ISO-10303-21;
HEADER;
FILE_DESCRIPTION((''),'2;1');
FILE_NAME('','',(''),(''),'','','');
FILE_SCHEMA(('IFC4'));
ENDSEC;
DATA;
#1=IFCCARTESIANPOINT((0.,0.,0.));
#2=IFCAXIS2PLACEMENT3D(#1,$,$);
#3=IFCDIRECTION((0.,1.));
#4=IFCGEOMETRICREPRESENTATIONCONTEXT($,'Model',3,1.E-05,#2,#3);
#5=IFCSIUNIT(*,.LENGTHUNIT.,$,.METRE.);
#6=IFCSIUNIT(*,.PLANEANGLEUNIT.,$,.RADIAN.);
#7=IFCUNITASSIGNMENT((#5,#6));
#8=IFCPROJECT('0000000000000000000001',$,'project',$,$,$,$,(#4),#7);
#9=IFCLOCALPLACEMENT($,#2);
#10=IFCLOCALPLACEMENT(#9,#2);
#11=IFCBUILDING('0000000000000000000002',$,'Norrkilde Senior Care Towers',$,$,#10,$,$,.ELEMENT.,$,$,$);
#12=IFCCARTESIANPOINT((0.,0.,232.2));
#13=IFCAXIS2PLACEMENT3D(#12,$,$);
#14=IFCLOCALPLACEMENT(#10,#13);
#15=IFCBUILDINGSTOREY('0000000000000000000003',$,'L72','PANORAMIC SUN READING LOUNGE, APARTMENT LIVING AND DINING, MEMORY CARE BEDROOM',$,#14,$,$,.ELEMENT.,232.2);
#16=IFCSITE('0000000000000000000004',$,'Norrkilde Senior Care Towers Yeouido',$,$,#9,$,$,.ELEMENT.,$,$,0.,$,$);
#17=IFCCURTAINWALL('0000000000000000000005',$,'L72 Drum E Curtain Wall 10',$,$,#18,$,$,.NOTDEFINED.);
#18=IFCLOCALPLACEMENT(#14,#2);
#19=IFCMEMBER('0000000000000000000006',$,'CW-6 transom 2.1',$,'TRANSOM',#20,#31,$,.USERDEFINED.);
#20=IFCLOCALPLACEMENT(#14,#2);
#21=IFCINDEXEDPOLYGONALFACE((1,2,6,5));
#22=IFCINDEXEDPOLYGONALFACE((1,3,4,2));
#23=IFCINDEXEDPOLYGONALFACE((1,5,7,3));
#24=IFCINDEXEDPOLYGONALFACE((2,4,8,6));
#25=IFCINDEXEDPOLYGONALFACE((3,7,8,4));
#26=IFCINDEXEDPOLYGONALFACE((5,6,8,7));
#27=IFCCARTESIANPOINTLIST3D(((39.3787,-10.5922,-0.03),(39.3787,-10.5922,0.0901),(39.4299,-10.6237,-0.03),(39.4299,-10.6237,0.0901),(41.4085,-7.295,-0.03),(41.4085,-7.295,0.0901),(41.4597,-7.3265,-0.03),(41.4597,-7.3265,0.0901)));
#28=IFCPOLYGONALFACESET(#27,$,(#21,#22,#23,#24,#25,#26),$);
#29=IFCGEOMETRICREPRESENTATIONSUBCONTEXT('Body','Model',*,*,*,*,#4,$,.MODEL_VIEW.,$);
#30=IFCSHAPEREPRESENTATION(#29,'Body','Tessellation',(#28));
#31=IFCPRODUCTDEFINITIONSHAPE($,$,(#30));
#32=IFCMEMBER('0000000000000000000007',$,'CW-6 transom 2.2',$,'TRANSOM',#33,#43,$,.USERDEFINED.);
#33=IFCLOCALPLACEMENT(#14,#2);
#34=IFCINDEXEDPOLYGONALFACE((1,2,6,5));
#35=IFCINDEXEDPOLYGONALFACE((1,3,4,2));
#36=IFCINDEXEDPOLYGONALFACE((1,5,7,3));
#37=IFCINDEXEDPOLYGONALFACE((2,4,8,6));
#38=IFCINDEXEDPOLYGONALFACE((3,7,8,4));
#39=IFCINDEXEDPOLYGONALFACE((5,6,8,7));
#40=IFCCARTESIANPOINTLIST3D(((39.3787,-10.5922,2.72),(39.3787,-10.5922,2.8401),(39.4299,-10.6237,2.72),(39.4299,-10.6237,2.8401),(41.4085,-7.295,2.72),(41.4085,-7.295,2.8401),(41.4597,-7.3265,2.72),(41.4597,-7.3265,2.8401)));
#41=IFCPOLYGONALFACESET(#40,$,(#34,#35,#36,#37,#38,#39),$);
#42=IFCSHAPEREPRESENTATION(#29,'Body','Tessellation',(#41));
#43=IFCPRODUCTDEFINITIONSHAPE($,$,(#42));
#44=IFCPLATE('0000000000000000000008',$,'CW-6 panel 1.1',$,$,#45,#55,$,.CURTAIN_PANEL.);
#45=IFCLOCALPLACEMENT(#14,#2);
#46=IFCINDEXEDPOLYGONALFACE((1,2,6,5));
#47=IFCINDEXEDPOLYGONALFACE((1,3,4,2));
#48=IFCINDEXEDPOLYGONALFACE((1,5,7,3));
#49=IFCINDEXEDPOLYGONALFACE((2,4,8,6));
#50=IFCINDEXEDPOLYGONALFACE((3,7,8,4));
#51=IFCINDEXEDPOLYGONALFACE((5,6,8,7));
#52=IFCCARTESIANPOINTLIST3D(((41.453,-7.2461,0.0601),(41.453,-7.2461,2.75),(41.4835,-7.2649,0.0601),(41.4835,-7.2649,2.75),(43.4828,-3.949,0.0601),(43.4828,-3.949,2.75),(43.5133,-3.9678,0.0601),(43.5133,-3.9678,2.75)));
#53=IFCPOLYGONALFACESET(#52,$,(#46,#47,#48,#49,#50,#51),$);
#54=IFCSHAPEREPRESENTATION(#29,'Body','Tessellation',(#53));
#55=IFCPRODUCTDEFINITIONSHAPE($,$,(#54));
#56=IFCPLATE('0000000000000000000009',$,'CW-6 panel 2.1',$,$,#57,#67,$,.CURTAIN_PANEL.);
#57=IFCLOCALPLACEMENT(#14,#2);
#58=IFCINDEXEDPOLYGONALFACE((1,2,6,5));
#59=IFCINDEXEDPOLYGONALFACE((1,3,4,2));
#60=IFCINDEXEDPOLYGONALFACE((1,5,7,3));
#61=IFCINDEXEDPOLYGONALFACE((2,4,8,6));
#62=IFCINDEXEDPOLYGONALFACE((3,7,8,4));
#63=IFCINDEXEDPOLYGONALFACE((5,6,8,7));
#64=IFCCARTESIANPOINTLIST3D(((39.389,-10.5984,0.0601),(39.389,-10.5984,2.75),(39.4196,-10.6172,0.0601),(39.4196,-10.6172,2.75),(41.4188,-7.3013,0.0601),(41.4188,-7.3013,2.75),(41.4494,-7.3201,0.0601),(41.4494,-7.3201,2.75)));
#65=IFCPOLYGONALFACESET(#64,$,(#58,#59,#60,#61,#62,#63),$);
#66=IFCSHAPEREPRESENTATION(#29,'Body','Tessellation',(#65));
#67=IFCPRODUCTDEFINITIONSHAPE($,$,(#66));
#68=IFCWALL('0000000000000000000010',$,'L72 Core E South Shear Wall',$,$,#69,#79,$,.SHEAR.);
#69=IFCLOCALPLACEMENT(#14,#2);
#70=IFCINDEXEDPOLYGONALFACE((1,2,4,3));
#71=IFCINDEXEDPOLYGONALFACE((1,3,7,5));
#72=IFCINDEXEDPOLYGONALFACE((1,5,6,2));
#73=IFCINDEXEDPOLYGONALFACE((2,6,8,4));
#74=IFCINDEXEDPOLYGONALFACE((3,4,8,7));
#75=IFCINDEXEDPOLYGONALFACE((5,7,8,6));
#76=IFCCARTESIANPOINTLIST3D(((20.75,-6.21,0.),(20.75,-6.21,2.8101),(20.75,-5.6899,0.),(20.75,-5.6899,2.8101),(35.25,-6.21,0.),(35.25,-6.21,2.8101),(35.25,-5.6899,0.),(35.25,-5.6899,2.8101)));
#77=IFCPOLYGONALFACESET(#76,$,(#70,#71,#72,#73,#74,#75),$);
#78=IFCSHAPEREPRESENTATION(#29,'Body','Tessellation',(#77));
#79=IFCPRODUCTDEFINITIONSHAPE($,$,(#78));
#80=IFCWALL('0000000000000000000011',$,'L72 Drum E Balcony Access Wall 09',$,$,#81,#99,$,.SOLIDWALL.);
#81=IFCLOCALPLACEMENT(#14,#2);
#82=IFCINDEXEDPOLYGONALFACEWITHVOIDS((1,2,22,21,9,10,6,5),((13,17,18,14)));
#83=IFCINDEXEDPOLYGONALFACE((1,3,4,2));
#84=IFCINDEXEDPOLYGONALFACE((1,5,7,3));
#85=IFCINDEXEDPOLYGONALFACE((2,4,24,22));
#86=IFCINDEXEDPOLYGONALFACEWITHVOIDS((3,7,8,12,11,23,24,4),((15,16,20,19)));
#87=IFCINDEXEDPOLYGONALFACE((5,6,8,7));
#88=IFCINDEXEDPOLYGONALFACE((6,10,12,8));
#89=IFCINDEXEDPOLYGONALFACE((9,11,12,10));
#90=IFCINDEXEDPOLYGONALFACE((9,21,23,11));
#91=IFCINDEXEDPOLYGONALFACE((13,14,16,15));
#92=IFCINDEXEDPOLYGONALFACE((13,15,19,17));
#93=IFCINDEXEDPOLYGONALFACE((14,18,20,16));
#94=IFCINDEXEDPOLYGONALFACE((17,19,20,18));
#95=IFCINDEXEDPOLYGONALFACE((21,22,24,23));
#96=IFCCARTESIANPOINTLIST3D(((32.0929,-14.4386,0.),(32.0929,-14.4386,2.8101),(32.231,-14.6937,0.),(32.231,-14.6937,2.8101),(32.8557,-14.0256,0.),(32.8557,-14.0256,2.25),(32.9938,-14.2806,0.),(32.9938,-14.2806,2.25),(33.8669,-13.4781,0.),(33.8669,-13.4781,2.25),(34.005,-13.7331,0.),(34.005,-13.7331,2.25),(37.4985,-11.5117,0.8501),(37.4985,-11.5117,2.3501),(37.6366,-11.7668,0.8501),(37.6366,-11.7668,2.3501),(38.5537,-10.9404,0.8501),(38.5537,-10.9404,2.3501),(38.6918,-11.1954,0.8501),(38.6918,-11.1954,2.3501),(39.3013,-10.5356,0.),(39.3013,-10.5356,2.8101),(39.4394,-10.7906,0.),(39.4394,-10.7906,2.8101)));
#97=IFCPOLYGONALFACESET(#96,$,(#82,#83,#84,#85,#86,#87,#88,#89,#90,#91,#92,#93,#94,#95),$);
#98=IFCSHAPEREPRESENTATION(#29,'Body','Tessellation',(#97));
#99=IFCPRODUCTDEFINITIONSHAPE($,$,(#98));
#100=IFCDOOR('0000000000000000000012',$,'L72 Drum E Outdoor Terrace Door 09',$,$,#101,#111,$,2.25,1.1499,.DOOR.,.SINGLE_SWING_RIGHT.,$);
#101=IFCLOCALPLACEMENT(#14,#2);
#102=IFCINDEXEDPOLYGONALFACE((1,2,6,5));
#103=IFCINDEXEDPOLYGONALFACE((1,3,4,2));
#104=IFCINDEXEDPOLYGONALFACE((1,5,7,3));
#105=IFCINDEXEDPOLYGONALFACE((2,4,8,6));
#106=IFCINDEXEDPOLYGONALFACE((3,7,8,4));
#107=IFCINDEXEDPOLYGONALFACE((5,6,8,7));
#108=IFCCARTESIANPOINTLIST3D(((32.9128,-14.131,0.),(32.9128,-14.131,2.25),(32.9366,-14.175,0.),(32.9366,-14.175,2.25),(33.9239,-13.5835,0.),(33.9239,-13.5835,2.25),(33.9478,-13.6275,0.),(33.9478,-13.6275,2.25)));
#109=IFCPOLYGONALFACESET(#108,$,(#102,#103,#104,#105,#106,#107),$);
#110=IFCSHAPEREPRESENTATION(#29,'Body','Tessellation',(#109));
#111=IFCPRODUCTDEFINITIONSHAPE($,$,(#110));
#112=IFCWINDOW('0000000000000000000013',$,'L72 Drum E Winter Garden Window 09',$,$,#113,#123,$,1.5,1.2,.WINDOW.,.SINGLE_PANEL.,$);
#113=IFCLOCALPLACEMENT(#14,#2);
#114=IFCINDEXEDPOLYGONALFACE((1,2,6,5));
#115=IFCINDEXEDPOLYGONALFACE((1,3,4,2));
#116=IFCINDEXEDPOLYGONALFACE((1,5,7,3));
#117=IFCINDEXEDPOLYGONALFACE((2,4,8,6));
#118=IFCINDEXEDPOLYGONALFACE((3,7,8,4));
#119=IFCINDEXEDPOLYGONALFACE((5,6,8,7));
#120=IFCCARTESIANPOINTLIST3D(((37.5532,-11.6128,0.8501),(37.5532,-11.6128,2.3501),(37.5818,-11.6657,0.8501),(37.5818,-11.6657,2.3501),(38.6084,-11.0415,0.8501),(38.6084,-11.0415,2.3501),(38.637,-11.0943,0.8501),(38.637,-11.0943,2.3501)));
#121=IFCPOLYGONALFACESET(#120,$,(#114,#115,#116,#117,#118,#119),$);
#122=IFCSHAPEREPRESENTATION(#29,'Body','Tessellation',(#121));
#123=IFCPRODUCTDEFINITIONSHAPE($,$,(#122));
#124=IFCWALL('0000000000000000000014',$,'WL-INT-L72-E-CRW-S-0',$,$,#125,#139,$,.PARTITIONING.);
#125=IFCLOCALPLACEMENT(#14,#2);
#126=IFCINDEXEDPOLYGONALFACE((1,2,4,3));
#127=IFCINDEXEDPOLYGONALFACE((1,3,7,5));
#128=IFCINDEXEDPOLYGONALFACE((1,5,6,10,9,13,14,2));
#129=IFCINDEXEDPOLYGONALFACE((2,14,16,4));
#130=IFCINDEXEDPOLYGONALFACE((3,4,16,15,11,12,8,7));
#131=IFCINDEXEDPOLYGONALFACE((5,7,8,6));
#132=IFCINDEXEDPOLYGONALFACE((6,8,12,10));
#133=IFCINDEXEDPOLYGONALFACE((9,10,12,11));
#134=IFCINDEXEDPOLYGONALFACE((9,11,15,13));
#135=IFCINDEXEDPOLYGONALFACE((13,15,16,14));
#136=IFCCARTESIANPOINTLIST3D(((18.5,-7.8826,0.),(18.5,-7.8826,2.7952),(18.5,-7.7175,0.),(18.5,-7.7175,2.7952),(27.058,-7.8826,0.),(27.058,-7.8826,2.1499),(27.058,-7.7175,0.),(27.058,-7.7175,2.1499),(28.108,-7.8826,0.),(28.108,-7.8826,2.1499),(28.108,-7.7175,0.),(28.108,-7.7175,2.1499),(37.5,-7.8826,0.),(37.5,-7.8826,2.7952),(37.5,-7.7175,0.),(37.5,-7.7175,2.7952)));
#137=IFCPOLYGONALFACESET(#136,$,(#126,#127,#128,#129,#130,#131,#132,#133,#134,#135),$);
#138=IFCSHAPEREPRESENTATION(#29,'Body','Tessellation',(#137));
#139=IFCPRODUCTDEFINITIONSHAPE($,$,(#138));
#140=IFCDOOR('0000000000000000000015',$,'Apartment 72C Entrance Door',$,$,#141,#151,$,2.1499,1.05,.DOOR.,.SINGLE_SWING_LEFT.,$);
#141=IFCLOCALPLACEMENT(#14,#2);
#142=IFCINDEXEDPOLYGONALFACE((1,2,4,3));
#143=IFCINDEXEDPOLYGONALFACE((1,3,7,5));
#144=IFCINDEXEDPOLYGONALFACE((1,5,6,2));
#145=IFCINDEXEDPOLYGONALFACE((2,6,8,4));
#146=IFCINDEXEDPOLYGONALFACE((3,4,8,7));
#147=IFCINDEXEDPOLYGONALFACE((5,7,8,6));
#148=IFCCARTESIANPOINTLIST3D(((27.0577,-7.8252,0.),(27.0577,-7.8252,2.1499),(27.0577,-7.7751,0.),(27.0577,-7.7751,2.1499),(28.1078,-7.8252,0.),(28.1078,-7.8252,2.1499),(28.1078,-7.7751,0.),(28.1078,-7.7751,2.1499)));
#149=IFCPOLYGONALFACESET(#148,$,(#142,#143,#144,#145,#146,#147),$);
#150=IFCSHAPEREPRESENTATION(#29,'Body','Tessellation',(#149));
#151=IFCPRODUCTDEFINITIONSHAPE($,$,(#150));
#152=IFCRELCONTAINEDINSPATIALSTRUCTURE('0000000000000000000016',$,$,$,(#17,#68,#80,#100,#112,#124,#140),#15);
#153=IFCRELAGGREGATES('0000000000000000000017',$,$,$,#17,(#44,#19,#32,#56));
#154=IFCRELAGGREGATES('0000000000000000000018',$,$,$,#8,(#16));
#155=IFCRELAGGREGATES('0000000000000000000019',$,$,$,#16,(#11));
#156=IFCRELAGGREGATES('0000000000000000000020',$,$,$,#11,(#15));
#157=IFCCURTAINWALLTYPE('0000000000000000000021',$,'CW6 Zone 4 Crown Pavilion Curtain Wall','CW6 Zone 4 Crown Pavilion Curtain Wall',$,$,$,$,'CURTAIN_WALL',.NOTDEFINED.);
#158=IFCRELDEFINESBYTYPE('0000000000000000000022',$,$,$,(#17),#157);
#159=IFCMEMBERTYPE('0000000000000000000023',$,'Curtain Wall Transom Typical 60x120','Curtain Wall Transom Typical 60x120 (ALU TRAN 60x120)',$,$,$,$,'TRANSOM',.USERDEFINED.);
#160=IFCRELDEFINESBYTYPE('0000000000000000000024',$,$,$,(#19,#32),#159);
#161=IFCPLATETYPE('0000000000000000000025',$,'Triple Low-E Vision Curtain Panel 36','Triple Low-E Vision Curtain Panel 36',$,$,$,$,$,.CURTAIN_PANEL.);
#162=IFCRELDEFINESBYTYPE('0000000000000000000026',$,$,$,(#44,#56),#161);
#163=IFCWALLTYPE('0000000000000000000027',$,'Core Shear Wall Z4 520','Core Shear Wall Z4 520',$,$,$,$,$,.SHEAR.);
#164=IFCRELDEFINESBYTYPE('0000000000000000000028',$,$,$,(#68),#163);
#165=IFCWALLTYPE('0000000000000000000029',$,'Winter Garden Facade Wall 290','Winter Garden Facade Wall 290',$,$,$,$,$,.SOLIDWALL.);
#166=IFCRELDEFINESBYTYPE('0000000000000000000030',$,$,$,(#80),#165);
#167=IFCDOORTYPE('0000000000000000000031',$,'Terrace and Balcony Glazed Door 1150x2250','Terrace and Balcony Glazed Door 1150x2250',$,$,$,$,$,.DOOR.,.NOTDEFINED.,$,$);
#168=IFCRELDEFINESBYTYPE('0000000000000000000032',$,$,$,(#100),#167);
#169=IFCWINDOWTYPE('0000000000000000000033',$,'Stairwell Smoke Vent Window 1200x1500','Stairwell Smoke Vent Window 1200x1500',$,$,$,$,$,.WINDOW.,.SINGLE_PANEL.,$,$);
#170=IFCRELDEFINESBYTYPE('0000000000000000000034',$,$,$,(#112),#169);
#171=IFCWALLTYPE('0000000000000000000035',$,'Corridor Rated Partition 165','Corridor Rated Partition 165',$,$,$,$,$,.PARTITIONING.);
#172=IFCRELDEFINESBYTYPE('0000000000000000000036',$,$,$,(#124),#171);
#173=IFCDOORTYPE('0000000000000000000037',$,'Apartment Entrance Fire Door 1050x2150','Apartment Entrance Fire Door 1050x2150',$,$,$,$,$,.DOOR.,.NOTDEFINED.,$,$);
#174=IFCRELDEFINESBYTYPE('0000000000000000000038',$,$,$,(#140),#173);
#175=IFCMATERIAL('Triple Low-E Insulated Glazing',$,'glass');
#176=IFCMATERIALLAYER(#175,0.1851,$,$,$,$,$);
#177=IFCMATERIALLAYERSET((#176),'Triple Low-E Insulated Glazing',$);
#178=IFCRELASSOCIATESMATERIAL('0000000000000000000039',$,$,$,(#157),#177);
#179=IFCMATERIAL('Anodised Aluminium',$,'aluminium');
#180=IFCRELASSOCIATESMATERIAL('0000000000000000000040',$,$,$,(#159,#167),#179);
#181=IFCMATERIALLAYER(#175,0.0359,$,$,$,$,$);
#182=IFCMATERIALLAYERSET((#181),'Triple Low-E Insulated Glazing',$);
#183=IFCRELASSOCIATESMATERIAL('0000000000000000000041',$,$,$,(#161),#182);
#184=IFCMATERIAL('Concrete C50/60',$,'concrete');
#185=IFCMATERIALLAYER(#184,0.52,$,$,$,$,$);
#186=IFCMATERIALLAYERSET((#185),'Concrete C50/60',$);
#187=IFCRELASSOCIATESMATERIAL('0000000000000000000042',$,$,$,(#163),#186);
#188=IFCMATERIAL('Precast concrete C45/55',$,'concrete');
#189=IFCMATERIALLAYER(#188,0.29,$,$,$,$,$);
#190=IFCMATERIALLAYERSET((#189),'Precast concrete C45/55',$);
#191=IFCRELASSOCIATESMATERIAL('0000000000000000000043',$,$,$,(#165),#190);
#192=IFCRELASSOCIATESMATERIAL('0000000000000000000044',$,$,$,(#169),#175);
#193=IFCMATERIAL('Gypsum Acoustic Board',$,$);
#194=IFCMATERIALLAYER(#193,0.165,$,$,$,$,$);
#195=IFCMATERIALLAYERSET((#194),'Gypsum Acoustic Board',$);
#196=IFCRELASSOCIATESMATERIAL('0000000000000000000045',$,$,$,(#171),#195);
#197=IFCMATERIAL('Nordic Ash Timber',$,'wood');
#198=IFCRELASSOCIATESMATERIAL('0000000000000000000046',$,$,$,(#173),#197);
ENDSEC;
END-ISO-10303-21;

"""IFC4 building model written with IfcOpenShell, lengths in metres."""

from ifc_helpers import new_model, si_unit, direction, frame, frame_2d, origin, origin_2d, place, context, subcontext, project, spatial, rectangle, extrude, source, transform, mapped, material, layer, layer_set, material_profile, profile_set, type_object, type_shapes, element, fill, aggregate, save


model = new_model("IFC4")

# Units and contexts
model_context = context("Model", 3, precision=1e-05, world=origin(), true_north=direction((0.0, 1.0)))
body_context = subcontext(model_context, "Body", "Model", "MODEL_VIEW")
ifc_project = project(units=[si_unit("LENGTHUNIT", "METRE"), si_unit("PLANEANGLEUNIT", "RADIAN")], contexts=[model_context])

# Site, building, storey
site_placement = place(None, origin())
site = spatial("IfcSite", under=ifc_project, at=site_placement, Name="Norrkilde Senior Care Towers Yeouido", CompositionType="ELEMENT", RefElevation=0.0)
building_placement = place(site_placement, origin())
building = spatial("IfcBuilding", under=site, at=building_placement, Name="Norrkilde Senior Care Towers", CompositionType="ELEMENT")
storey_placement = place(building_placement, frame((0.0, 0.0, 232.2)))
storey = spatial("IfcBuildingStorey", under=building, at=storey_placement, Name="L72", Description="PANORAMIC SUN READING LOUNGE, APARTMENT LIVING AND DINING, MEMORY CARE BEDROOM", CompositionType="ELEMENT", Elevation=232.2)

# Shared definitions
ifc_material_1 = material(Name="Concrete C50/60", Category="concrete")

# Curtain wall, members, plates
ifc_material_2 = material(Name="Triple Low-E Insulated Glazing", Category="glass")
ifc_layer_1 = layer(ifc_material_2, 0.1851)
ifc_layer_set_1 = layer_set([ifc_layer_1], Name="Triple Low-E Insulated Glazing")
curtain_wall_type = type_object("IfcCurtainWallType", Name="CW6 Zone 4 Crown Pavilion Curtain Wall", Description="CW6 Zone 4 Crown Pavilion Curtain Wall", ElementType="CURTAIN_WALL", PredefinedType="NOTDEFINED", material=ifc_layer_set_1)
curtain_wall_placement = place(storey_placement, origin())
curtain_wall = element("IfcCurtainWall", 1, at=curtain_wall_placement, inside=storey, type_object=curtain_wall_type, Name="L72 Drum E Curtain Wall 10", PredefinedType="NOTDEFINED")
ifc_material_3 = material(Name="Anodised Aluminium", Category="aluminium")
ifc_material_profile_1 = material_profile(ifc_material_3, rectangle(XDim=0.0601, YDim=0.1201, at=origin_2d()), Name="ALU TRAN 60x120")
ifc_profile_set_1 = profile_set([ifc_material_profile_1], Name="Anodised Aluminium")
member_type_1 = type_object("IfcMemberType", Name="Curtain Wall Transom Typical 60x120", Description="Curtain Wall Transom Typical 60x120 (ALU TRAN 60x120)", ElementType="TRANSOM", PredefinedType="USERDEFINED", material=ifc_profile_set_1)
shared_shape_1 = source(origin(), body_context, "Body", "SweptSolid", [
    extrude(rectangle(XDim=0.0601, YDim=0.1201, at=origin_2d()), origin(), (0.0, 0.0, 1.0), 3.8718),
])
type_shapes(member_type_1, [shared_shape_1])
member_1_placement = place(storey_placement, frame((41.4341, -7.3108, 0.03), z_axis=(-0.524245, -0.851567, 0.0), x_axis=(0.851567, -0.524245, 0.0)))
member_1 = element("IfcMember", 2, at=member_1_placement, type_object=member_type_1, Name="CW-6 transom 2.1", ObjectType="TRANSOM", PredefinedType="USERDEFINED", context=body_context, shape_type="MappedRepresentation", body=[
    mapped(shared_shape_1, transform((0.0, 0.0, 0.0), x_axis=(1.0, 0.0, 0.0), y_axis=(0.0, 1.0, 0.0), z_axis=(0.0, 0.0, 1.0), scale=1.0)),
])
member_2_placement = place(storey_placement, frame((41.4341, -7.3108, 2.78), z_axis=(-0.524245, -0.851567, 0.0), x_axis=(0.851567, -0.524245, 0.0)))
member_2 = element("IfcMember", 3, at=member_2_placement, type_object=member_type_1, Name="CW-6 transom 2.2", ObjectType="TRANSOM", PredefinedType="USERDEFINED", context=body_context, shape_type="MappedRepresentation", body=[
    mapped(shared_shape_1, transform((0.0, 0.0, 0.0), x_axis=(1.0, 0.0, 0.0), y_axis=(0.0, 1.0, 0.0), z_axis=(0.0, 0.0, 1.0), scale=1.0)),
])
ifc_layer_2 = layer(ifc_material_2, 0.0359)
ifc_layer_set_2 = layer_set([ifc_layer_2], Name="Triple Low-E Insulated Glazing")
plate_type = type_object("IfcPlateType", Name="Triple Low-E Vision Curtain Panel 36", Description="Triple Low-E Vision Curtain Panel 36", PredefinedType="CURTAIN_PANEL", material=ifc_layer_set_2)
shared_shape_2 = source(origin(), body_context, "Body", "SweptSolid", [
    extrude(rectangle(XDim=3.8718, YDim=0.0359, at=origin_2d()), origin(), (0.0, 0.0, 1.0), 2.6899),
])
type_shapes(plate_type, [shared_shape_2])
plate_1_placement = place(storey_placement, frame((42.4832, -5.6069, 0.0601), z_axis=(0.0, 0.0, 1.0), x_axis=(-0.524253, -0.851563, 0.0)))
plate_1 = element("IfcPlate", 4, at=plate_1_placement, type_object=plate_type, Name="CW-6 panel 1.1", PredefinedType="CURTAIN_PANEL", context=body_context, shape_type="MappedRepresentation", body=[
    mapped(shared_shape_2, transform((0.0, 0.0, 0.0), x_axis=(1.0, 0.0, 0.0), y_axis=(0.0, 1.0, 0.0), z_axis=(0.0, 0.0, 1.0), scale=1.0)),
])
plate_2_placement = place(storey_placement, frame((40.4192, -8.9592, 0.0601), z_axis=(0.0, 0.0, 1.0), x_axis=(-0.524253, -0.851563, 0.0)))
plate_2 = element("IfcPlate", 5, at=plate_2_placement, type_object=plate_type, Name="CW-6 panel 2.1", PredefinedType="CURTAIN_PANEL", context=body_context, shape_type="MappedRepresentation", body=[
    mapped(shared_shape_2, transform((0.0, 0.0, 0.0), x_axis=(1.0, 0.0, 0.0), y_axis=(0.0, 1.0, 0.0), z_axis=(0.0, 0.0, 1.0), scale=1.0)),
])
aggregate(curtain_wall, [plate_1, member_1, member_2, plate_2])

# Wall
ifc_layer_3 = layer(ifc_material_1, 0.52)
ifc_layer_set_3 = layer_set([ifc_layer_3], Name="Concrete C50/60")
wall_type_1 = type_object("IfcWallType", Name="Core Shear Wall Z4 520", Description="Core Shear Wall Z4 520", PredefinedType="SHEAR", material=ifc_layer_set_3)
shared_shape_3 = source(origin(), body_context, "Body", "SweptSolid", [
    extrude(rectangle(XDim=14.5, YDim=0.52, at=frame_2d((7.25, 0.0))), origin(), (0.0, 0.0, 1.0), 2.8101),
])
type_shapes(wall_type_1, [shared_shape_3])
wall_1_placement = place(storey_placement, frame((35.25, -5.95, 0.0), z_axis=(0.0, 0.0, 1.0), x_axis=(-1.0, 0.0, 0.0)))
element("IfcWall", 6, at=wall_1_placement, inside=storey, type_object=wall_type_1, Name="L72 Core E South Shear Wall", PredefinedType="SHEAR", context=body_context, shape_type="MappedRepresentation", body=[
    mapped(shared_shape_3, transform((0.0, 0.0, 0.0), x_axis=(1.0, 0.0, 0.0), y_axis=(0.0, 1.0, 0.0), z_axis=(0.0, 0.0, 1.0), scale=1.0)),
])

# Wall, openings, door, window
ifc_material_4 = material(Name="Precast concrete C45/55", Category="concrete")
ifc_layer_4 = layer(ifc_material_4, 0.29)
ifc_layer_set_4 = layer_set([ifc_layer_4], Name="Precast concrete C45/55")
wall_type_2 = type_object("IfcWallType", Name="Winter Garden Facade Wall 290", Description="Winter Garden Facade Wall 290", PredefinedType="SOLIDWALL", material=ifc_layer_set_4)
shared_shape_4 = source(origin(), body_context, "Body", "SweptSolid", [
    extrude(rectangle(XDim=8.1973, YDim=0.29, at=frame_2d((4.0986, 0.0))), origin(), (0.0, 0.0, 1.0), 2.8101),
])
type_shapes(wall_type_2, [shared_shape_4])
wall_2_placement = place(storey_placement, frame((39.3704, -10.6631, 0.0), z_axis=(0.0, 0.0, 1.0), x_axis=(-0.87937, -0.476139, 0.0)))
wall_2 = element("IfcWall", 7, at=wall_2_placement, inside=storey, type_object=wall_type_2, Name="L72 Drum E Balcony Access Wall 09", PredefinedType="SOLIDWALL", context=body_context, shape_type="MappedRepresentation", body=[
    mapped(shared_shape_4, transform((0.0, 0.0, 0.0), x_axis=(1.0, 0.0, 0.0), y_axis=(0.0, 1.0, 0.0), z_axis=(0.0, 0.0, 1.0), scale=1.0)),
])
opening_1_placement = place(wall_2_placement, frame((6.1799, 0.0, 0.0)))
opening_1 = element("IfcOpeningElement", 8, at=opening_1_placement, cuts=wall_2, PredefinedType="OPENING", context=body_context, shape_type="SweptSolid", body=[
    extrude(rectangle(XDim=1.1499, YDim=2.25, at=frame_2d((0.575, 1.125))), frame((0.0, 0.155, 0.0), z_axis=(0.0, -1.0, 0.0), x_axis=(1.0, 0.0, 0.0)), (0.0, 0.0, 1.0), 0.3101),
])
opening_2_placement = place(wall_2_placement, frame((0.8501, 0.0, 0.8501)))
opening_2 = element("IfcOpeningElement", 9, at=opening_2_placement, cuts=wall_2, PredefinedType="OPENING", context=body_context, shape_type="SweptSolid", body=[
    extrude(rectangle(XDim=1.2, YDim=1.5, at=frame_2d((0.6001, 0.75))), frame((0.0, 0.155, 0.0), z_axis=(0.0, -1.0, 0.0), x_axis=(1.0, 0.0, 0.0)), (0.0, 0.0, 1.0), 0.3101),
])
door_type_1 = type_object("IfcDoorType", Name="Terrace and Balcony Glazed Door 1150x2250", Description="Terrace and Balcony Glazed Door 1150x2250", OperationType="NOTDEFINED", PredefinedType="DOOR", material=ifc_material_3)
shared_shape_5 = source(origin(), body_context, "Body", "SweptSolid", [
    extrude(rectangle(XDim=1.1499, YDim=2.25, at=frame_2d((0.575, 1.125))), frame((0.0, 0.0249, 0.0), z_axis=(0.0, -1.0, 0.0), x_axis=(1.0, 0.0, 0.0)), (0.0, 0.0, 1.0), 0.05),
])
type_shapes(door_type_1, [shared_shape_5])
door_1_placement = place(opening_1_placement, origin())
door_1 = element("IfcDoor", 10, at=door_1_placement, inside=storey, type_object=door_type_1, Name="L72 Drum E Outdoor Terrace Door 09", OperationType="SINGLE_SWING_RIGHT", OverallHeight=2.25, OverallWidth=1.1499, PredefinedType="DOOR", context=body_context, shape_type="MappedRepresentation", body=[
    mapped(shared_shape_5, transform((0.0, 0.0, 0.0), x_axis=(1.0, 0.0, 0.0), y_axis=(0.0, 1.0, 0.0), z_axis=(0.0, 0.0, 1.0), scale=1.0)),
])
fill(opening_1, door_1)
window_type = type_object("IfcWindowType", Name="Stairwell Smoke Vent Window 1200x1500", Description="Stairwell Smoke Vent Window 1200x1500", PartitioningType="SINGLE_PANEL", PredefinedType="WINDOW", material=ifc_material_2)
shared_shape_6 = source(origin(), body_context, "Body", "SweptSolid", [
    extrude(rectangle(XDim=1.2, YDim=1.5, at=frame_2d((0.6001, 0.75))), frame((0.0, 0.03, 0.0), z_axis=(0.0, -1.0, 0.0), x_axis=(1.0, 0.0, 0.0)), (0.0, 0.0, 1.0), 0.0601),
])
type_shapes(window_type, [shared_shape_6])
window_placement = place(opening_2_placement, origin())
window = element("IfcWindow", 11, at=window_placement, inside=storey, type_object=window_type, Name="L72 Drum E Winter Garden Window 09", OverallHeight=1.5, OverallWidth=1.2, PartitioningType="SINGLE_PANEL", PredefinedType="WINDOW", context=body_context, shape_type="MappedRepresentation", body=[
    mapped(shared_shape_6, transform((0.0, 0.0, 0.0), x_axis=(1.0, 0.0, 0.0), y_axis=(0.0, 1.0, 0.0), z_axis=(0.0, 0.0, 1.0), scale=1.0)),
])
fill(opening_2, window)

# Wall, opening, door
ifc_material_5 = material(Name="Gypsum Acoustic Board")
ifc_layer_5 = layer(ifc_material_5, 0.165)
ifc_layer_set_5 = layer_set([ifc_layer_5], Name="Gypsum Acoustic Board")
wall_type_3 = type_object("IfcWallType", Name="Corridor Rated Partition 165", Description="Corridor Rated Partition 165", PredefinedType="PARTITIONING", material=ifc_layer_set_5)
shared_shape_7 = source(origin(), body_context, "Body", "SweptSolid", [
    extrude(rectangle(XDim=19.0, YDim=0.165, at=frame_2d((9.5, 0.0))), origin(), (0.0, 0.0, 1.0), 2.7952),
])
type_shapes(wall_type_3, [shared_shape_7])
wall_3_placement = place(storey_placement, frame((37.5, -7.8, 0.0), z_axis=(0.0, 0.0, 1.0), x_axis=(-1.0, 0.0, 0.0)))
wall_3 = element("IfcWall", 12, at=wall_3_placement, inside=storey, type_object=wall_type_3, Name="WL-INT-L72-E-CRW-S-0", PredefinedType="PARTITIONING", context=body_context, shape_type="MappedRepresentation", body=[
    mapped(shared_shape_7, transform((0.0, 0.0, 0.0), x_axis=(1.0, 0.0, 0.0), y_axis=(0.0, 1.0, 0.0), z_axis=(0.0, 0.0, 1.0), scale=1.0)),
])
opening_3_placement = place(wall_3_placement, frame((9.3921, 0.0, 0.0)))
opening_3 = element("IfcOpeningElement", 13, at=opening_3_placement, cuts=wall_3, PredefinedType="OPENING", context=body_context, shape_type="SweptSolid", body=[
    extrude(rectangle(XDim=1.05, YDim=2.1499, at=frame_2d((0.5249, 1.075))), frame((0.0, 0.0925, 0.0), z_axis=(0.0, -1.0, 0.0), x_axis=(1.0, 0.0, 0.0)), (0.0, 0.0, 1.0), 0.1851),
])
ifc_material_6 = material(Name="Nordic Ash Timber", Category="wood")
door_type_2 = type_object("IfcDoorType", Name="Apartment Entrance Fire Door 1050x2150", Description="Apartment Entrance Fire Door 1050x2150", OperationType="NOTDEFINED", PredefinedType="DOOR", material=ifc_material_6)
shared_shape_8 = source(origin(), body_context, "Body", "SweptSolid", [
    extrude(rectangle(XDim=1.05, YDim=2.1499, at=frame_2d((0.5249, 1.075))), frame((0.0, 0.0249, 0.0), z_axis=(0.0, -1.0, 0.0), x_axis=(1.0, 0.0, 0.0)), (0.0, 0.0, 1.0), 0.05),
])
type_shapes(door_type_2, [shared_shape_8])
door_2_placement = place(opening_3_placement, frame((1.05, 0.0, 0.0), z_axis=(0.0, 0.0, 1.0), x_axis=(-1.0, 0.0, 0.0)))
door_2 = element("IfcDoor", 14, at=door_2_placement, inside=storey, type_object=door_type_2, Name="Apartment 72C Entrance Door", OperationType="SINGLE_SWING_LEFT", OverallHeight=2.1499, OverallWidth=1.05, PredefinedType="DOOR", context=body_context, shape_type="MappedRepresentation", body=[
    mapped(shared_shape_8, transform((0.0, 0.0, 0.0), x_axis=(1.0, 0.0, 0.0), y_axis=(0.0, 1.0, 0.0), z_axis=(0.0, 0.0, 1.0), scale=1.0)),
])
fill(opening_3, door_2)

save(model, "model.ifc")
